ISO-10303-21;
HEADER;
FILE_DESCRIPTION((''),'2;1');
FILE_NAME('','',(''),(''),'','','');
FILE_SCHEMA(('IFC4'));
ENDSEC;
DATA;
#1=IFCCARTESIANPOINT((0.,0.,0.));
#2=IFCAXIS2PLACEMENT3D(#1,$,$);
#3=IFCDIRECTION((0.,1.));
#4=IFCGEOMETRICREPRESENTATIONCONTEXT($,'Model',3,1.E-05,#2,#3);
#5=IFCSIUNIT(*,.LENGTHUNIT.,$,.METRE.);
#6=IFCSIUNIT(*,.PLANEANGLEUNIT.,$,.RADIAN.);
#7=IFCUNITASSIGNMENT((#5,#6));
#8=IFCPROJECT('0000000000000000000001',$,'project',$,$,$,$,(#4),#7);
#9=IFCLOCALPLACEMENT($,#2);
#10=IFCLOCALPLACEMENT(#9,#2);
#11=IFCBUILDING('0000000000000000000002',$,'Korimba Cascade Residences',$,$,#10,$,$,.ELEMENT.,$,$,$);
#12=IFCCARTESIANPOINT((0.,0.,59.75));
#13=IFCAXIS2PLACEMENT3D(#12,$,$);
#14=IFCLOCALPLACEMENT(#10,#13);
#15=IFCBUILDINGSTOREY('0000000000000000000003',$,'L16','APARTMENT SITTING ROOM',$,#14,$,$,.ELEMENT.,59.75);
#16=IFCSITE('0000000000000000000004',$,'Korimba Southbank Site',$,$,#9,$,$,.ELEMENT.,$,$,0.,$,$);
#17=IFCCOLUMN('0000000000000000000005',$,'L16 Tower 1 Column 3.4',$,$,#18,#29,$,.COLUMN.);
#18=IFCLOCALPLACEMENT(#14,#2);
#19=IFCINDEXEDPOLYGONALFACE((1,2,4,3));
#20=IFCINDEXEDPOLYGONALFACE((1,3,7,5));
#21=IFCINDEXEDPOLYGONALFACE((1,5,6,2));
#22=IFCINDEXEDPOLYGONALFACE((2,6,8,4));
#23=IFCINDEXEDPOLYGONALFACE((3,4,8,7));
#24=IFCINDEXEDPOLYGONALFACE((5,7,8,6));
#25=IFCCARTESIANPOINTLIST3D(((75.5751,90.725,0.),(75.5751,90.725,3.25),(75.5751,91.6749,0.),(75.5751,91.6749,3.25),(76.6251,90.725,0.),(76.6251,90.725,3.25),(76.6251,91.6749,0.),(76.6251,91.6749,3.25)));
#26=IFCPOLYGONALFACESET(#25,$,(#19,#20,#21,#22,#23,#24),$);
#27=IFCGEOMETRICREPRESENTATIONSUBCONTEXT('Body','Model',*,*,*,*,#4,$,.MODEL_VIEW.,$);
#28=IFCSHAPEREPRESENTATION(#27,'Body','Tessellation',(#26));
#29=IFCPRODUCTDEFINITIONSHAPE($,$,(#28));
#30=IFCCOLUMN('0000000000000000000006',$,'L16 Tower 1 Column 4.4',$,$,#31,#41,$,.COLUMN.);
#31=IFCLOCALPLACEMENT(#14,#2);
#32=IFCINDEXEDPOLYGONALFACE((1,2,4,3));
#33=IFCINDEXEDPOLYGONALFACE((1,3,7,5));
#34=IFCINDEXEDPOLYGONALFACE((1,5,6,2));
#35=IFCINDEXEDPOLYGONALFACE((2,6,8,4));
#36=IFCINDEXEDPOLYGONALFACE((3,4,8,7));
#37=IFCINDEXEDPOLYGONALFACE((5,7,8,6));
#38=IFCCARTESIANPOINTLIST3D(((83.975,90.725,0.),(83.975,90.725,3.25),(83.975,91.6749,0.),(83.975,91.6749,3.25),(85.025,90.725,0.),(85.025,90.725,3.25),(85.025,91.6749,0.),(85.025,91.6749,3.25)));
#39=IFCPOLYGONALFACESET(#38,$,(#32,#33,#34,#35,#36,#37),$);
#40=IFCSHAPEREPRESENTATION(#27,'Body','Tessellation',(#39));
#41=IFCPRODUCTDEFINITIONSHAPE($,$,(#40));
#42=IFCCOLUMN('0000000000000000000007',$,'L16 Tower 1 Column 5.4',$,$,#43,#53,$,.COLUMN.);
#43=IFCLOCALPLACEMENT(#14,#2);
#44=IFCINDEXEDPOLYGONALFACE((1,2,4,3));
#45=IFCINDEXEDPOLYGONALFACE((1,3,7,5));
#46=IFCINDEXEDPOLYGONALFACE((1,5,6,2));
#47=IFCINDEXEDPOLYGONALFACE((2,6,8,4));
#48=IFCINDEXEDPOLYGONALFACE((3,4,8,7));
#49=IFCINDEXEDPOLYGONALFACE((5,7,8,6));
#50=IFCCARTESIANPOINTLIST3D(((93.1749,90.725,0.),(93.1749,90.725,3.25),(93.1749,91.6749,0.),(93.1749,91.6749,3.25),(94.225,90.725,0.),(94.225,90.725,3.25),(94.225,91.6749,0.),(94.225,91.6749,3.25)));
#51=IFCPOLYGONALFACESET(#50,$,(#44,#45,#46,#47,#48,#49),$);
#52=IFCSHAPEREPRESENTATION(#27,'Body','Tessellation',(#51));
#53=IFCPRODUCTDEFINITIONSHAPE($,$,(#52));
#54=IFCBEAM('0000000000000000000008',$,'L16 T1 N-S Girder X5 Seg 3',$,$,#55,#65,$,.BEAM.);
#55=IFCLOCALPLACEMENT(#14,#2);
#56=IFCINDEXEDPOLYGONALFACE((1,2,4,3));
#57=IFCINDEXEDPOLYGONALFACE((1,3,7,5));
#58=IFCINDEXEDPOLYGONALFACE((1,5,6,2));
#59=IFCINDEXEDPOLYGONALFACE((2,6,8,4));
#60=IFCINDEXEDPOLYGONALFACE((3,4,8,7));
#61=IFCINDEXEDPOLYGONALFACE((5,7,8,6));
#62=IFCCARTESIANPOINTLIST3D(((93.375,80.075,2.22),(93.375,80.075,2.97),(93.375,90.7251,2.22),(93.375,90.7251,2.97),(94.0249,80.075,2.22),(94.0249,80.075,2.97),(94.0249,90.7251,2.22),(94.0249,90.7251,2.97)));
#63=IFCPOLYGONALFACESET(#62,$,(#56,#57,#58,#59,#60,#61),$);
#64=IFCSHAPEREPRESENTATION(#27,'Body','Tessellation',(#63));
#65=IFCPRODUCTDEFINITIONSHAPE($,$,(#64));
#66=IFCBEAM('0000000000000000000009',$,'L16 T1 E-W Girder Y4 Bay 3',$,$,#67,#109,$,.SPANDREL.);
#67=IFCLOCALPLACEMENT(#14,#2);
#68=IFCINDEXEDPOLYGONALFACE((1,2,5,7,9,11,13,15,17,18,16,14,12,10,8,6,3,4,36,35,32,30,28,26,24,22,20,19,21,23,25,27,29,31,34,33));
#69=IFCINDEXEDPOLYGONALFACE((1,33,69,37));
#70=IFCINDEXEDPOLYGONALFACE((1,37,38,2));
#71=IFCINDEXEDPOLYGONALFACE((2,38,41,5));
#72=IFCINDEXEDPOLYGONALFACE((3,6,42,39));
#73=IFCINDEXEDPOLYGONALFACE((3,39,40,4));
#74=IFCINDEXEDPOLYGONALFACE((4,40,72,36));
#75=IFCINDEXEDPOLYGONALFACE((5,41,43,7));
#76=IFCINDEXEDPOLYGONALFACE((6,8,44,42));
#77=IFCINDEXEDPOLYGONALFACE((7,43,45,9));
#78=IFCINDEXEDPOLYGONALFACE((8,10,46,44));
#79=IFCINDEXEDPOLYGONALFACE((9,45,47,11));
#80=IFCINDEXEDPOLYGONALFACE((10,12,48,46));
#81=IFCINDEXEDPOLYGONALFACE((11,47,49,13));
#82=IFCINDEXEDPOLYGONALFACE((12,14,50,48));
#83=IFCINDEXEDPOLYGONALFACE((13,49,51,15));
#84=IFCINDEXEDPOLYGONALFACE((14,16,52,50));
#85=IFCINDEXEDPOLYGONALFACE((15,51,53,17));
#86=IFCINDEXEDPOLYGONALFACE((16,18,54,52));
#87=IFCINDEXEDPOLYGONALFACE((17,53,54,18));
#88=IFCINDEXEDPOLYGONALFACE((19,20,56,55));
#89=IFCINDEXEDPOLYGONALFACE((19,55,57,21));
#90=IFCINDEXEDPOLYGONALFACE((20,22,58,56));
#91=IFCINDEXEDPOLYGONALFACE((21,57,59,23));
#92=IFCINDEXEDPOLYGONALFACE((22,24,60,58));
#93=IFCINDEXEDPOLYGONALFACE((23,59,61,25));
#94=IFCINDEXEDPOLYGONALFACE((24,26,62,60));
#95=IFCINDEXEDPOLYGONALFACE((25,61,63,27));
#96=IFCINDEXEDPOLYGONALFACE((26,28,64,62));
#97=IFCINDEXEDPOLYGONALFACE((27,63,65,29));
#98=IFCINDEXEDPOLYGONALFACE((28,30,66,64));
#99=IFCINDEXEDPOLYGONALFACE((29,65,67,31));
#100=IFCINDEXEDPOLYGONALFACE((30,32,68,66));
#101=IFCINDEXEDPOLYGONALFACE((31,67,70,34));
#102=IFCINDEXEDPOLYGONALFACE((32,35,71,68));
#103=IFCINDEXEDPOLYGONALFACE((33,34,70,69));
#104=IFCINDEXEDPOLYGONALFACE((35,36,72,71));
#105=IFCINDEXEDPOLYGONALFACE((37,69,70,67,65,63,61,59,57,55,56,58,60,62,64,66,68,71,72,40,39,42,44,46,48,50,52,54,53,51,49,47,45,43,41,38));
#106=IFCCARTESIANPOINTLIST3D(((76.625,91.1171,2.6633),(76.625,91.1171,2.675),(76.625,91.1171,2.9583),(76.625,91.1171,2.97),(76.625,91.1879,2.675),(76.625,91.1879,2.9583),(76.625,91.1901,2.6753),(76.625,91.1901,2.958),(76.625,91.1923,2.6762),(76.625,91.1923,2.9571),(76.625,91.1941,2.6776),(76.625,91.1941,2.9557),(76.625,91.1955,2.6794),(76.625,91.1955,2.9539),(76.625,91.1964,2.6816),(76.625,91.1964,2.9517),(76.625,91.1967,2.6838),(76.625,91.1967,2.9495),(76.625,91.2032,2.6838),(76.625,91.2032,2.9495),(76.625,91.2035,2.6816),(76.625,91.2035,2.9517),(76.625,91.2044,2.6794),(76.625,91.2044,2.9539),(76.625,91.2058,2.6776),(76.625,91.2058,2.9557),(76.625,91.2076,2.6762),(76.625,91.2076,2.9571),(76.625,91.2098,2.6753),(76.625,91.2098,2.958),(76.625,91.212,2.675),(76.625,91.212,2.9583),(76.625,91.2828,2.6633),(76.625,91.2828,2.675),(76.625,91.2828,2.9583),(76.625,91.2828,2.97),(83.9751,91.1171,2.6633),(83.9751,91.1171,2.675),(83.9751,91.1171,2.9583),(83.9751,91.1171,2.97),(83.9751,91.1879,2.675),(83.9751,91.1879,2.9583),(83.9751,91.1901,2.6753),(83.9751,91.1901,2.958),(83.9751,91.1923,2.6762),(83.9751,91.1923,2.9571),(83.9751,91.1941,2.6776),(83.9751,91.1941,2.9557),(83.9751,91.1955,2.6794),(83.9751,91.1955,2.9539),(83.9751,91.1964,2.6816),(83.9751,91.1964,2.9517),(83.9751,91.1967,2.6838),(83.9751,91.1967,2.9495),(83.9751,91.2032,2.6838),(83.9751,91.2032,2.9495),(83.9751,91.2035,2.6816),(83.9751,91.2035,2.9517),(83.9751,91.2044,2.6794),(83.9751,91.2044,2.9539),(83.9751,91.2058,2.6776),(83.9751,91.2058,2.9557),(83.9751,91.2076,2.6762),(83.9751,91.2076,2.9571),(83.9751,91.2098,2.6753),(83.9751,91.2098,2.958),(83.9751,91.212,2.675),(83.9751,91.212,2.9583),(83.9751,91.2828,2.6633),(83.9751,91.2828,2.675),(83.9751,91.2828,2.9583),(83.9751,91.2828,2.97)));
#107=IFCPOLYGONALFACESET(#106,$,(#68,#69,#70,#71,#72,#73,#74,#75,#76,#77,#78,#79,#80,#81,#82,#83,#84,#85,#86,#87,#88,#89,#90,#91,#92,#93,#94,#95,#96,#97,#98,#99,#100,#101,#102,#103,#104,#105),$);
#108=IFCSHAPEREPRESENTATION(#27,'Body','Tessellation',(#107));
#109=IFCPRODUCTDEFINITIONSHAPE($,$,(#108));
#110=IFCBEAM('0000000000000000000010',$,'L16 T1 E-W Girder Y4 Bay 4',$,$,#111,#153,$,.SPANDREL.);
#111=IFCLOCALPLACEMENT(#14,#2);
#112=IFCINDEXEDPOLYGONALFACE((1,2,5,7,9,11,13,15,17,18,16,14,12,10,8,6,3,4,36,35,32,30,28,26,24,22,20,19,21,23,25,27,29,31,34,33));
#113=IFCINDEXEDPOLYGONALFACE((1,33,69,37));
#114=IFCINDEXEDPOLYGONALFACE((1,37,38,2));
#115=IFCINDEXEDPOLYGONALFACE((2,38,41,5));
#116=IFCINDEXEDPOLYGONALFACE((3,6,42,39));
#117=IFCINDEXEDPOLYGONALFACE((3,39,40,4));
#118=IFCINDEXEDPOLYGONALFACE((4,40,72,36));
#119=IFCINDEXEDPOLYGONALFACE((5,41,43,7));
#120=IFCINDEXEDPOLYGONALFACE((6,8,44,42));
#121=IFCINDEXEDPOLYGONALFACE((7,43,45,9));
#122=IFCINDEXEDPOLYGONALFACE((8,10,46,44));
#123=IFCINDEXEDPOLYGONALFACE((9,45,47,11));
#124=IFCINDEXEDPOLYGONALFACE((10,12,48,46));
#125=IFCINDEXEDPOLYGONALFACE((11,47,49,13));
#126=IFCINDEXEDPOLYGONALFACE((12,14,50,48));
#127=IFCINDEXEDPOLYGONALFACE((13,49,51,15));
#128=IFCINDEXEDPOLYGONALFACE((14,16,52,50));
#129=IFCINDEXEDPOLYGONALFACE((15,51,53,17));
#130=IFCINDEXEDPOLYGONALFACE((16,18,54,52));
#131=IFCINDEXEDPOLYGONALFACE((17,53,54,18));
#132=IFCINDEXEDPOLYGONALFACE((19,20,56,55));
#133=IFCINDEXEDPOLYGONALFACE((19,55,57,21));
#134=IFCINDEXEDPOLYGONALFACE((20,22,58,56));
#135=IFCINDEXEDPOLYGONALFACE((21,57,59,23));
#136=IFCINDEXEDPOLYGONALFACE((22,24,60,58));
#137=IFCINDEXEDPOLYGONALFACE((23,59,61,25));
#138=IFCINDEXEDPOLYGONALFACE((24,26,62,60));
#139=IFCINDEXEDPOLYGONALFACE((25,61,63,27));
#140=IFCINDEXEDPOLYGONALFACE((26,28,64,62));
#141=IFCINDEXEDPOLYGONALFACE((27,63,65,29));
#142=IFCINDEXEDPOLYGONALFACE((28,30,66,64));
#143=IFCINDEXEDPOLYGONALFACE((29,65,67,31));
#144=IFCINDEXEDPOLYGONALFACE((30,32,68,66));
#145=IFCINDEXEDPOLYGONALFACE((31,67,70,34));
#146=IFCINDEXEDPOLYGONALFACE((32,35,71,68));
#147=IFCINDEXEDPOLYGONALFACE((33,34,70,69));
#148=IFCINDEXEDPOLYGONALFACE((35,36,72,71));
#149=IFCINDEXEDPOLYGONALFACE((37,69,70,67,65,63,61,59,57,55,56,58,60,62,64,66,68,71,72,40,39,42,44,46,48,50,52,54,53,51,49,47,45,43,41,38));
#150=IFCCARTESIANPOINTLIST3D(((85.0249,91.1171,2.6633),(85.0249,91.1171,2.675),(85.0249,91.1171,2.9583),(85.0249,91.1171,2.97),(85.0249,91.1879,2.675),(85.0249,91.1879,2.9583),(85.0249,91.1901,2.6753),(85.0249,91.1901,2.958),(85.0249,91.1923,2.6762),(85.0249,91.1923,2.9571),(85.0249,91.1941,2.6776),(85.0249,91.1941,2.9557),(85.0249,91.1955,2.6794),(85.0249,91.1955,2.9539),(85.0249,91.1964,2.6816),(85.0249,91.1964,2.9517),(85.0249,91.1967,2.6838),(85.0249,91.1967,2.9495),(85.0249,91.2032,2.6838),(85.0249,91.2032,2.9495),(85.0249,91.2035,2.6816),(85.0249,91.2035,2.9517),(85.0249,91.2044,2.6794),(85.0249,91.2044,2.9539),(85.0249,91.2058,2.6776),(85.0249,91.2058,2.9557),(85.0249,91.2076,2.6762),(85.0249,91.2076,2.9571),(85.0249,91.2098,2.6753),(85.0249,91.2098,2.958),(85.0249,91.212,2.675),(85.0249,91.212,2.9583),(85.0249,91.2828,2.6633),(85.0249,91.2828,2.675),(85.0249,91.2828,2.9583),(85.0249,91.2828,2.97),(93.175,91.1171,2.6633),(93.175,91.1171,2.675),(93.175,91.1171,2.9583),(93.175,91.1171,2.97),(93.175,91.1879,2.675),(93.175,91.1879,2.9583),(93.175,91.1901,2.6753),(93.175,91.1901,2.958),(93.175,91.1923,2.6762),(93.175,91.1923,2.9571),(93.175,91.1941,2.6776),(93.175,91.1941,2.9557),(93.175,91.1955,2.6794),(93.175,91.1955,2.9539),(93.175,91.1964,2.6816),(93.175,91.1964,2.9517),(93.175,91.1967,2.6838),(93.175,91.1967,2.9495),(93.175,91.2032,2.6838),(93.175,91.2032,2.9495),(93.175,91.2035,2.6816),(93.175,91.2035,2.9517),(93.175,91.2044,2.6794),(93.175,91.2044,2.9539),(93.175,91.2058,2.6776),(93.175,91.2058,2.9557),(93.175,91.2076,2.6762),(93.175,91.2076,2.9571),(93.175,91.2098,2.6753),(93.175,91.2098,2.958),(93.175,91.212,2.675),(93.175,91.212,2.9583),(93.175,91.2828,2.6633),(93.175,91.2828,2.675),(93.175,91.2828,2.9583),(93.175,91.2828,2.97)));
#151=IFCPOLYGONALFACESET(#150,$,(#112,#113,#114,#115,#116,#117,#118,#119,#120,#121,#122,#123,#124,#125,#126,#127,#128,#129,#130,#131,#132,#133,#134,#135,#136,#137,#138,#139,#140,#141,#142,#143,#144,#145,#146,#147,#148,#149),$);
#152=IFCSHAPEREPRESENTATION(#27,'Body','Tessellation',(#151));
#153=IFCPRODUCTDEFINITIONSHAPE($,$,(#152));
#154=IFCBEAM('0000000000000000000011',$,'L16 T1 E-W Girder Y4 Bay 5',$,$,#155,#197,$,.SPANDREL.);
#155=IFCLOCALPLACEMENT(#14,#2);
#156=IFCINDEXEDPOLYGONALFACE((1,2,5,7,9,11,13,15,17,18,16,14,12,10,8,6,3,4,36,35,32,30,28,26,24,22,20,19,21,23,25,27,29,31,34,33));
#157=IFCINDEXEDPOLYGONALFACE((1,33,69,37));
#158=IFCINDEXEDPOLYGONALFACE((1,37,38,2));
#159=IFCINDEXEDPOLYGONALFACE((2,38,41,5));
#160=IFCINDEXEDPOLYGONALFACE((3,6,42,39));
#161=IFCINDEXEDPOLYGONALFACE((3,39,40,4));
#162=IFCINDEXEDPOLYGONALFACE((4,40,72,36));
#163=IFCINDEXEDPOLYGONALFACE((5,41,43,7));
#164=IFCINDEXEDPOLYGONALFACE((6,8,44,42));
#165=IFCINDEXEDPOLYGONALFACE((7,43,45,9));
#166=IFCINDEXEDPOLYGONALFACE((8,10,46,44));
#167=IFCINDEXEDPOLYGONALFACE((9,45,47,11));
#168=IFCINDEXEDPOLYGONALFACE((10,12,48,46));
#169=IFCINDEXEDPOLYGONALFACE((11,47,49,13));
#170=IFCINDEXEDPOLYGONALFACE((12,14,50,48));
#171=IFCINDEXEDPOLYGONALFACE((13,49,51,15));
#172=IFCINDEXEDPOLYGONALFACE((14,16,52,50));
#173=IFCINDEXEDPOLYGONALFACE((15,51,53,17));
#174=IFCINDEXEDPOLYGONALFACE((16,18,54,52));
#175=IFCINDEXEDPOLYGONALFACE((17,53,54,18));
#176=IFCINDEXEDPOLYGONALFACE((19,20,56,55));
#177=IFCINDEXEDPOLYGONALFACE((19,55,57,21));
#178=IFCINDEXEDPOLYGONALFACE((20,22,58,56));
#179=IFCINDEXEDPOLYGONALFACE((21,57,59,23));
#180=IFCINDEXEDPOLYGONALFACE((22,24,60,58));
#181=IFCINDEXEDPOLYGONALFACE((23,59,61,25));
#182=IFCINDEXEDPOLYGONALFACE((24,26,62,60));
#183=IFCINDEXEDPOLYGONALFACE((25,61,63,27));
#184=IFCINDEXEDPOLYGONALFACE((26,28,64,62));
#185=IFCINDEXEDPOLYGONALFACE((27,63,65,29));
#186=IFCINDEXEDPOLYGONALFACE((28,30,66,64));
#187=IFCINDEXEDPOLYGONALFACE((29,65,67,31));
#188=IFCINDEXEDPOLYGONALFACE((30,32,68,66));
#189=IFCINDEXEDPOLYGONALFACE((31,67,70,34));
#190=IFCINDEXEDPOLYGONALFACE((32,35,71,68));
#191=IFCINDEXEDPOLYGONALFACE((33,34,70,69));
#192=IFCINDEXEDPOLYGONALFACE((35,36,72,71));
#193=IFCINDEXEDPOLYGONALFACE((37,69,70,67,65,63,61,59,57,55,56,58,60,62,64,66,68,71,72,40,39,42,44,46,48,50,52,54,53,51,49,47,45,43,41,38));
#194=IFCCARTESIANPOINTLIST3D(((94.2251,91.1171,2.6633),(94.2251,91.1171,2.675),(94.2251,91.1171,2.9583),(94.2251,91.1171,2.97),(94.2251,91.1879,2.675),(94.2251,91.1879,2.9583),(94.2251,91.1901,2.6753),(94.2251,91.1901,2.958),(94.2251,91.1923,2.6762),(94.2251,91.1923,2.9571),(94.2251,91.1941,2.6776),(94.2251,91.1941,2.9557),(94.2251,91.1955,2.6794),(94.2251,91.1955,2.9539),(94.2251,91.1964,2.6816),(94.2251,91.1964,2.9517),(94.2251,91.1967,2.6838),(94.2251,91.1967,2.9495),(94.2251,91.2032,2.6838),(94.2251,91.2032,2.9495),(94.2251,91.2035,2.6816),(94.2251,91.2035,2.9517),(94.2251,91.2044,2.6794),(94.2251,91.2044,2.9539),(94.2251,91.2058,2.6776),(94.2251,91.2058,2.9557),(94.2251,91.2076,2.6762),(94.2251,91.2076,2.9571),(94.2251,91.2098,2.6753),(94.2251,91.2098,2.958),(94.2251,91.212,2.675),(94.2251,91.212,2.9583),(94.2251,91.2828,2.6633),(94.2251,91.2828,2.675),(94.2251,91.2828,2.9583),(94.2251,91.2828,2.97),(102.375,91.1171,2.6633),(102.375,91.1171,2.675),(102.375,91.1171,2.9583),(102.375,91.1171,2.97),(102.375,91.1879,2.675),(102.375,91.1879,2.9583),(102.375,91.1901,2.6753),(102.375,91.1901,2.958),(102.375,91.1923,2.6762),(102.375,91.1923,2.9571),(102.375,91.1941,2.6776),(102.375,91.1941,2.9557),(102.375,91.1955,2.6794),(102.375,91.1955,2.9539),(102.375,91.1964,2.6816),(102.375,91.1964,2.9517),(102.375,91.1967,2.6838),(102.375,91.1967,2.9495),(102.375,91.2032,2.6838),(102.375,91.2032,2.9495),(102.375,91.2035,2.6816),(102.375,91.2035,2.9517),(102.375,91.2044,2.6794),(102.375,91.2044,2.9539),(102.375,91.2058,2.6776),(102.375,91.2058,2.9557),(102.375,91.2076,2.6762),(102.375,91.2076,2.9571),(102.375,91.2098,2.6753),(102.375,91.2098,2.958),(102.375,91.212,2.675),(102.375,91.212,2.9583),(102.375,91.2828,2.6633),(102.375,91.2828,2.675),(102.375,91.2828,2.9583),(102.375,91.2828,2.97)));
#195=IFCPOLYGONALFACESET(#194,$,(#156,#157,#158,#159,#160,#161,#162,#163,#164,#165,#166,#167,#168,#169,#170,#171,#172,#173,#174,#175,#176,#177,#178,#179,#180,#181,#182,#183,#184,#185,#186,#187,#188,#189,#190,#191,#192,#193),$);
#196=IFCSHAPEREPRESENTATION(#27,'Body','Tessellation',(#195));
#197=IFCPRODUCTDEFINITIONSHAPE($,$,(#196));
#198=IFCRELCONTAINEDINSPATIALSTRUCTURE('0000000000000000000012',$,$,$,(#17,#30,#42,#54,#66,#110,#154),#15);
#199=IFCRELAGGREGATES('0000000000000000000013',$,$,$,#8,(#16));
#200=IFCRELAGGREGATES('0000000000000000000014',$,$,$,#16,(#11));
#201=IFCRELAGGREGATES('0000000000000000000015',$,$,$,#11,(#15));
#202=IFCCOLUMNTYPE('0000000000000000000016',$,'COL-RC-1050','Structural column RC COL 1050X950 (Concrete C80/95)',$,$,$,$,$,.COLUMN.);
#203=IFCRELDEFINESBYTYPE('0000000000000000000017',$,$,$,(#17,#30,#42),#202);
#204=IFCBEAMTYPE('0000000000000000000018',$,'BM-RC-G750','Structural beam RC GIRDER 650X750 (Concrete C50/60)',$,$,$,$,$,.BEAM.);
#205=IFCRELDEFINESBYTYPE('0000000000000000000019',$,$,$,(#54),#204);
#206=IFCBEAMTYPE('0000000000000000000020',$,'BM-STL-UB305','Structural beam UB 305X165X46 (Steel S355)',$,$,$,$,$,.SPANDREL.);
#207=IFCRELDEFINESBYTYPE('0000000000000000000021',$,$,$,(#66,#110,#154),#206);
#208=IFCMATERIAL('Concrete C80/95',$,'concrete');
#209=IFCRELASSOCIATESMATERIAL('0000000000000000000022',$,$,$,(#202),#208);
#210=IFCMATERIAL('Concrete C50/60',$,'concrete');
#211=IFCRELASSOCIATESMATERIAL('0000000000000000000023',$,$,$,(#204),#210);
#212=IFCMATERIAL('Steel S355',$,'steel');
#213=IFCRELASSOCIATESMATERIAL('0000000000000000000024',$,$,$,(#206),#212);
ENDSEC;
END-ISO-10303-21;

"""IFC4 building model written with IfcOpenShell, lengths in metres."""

from ifc_helpers import new_model, si_unit, direction, frame, origin, origin_2d, place, context, subcontext, project, spatial, rectangle, i_section, extrude, material, material_profile, profile_set, type_object, element, save


model = new_model("IFC4")

# Units and contexts
model_context = context("Model", 3, precision=1e-05, world=origin(), true_north=direction((0.0, 1.0)))
body_context = subcontext(model_context, "Body", "Model", "MODEL_VIEW")
ifc_project = project(units=[si_unit("LENGTHUNIT", "METRE"), si_unit("PLANEANGLEUNIT", "RADIAN")], contexts=[model_context])

# Site, building, storey
site_placement = place(None, origin())
site = spatial("IfcSite", under=ifc_project, at=site_placement, Name="Korimba Southbank Site", CompositionType="ELEMENT", RefElevation=0.0)
building_placement = place(site_placement, origin())
building = spatial("IfcBuilding", under=site, at=building_placement, Name="Korimba Cascade Residences", CompositionType="ELEMENT")
storey_placement = place(building_placement, frame((0.0, 0.0, 59.75)))
storey = spatial("IfcBuildingStorey", under=building, at=storey_placement, Name="L16", Description="APARTMENT SITTING ROOM", CompositionType="ELEMENT", Elevation=59.75)

# Columns
ifc_material_1 = material(Name="Concrete C80/95", Category="concrete")
ifc_material_profile_1 = material_profile(ifc_material_1, rectangle(XDim=1.05, YDim=0.95, at=origin_2d()), Name="Concrete C80/95")
ifc_profile_set_1 = profile_set([ifc_material_profile_1], Name="Concrete C80/95")
column_type = type_object("IfcColumnType", Name="COL-RC-1050", Description="Structural column RC COL 1050X950 (Concrete C80/95)", PredefinedType="COLUMN", material=ifc_profile_set_1)
for number, where, z_axis, x_axis, name in (
    (1, (76.1001, 91.2, 0.0), (0.0, 0.0, 1.0), (1.0, 0.0, 0.0), "L16 Tower 1 Column 3.4"),
    (2, (84.5, 91.2, 0.0), (0.0, 0.0, 1.0), (1.0, 0.0, 0.0), "L16 Tower 1 Column 4.4"),
    (3, (93.7, 91.2, 0.0), (0.0, 0.0, 1.0), (1.0, 0.0, 0.0), "L16 Tower 1 Column 5.4"),
):
    element("IfcColumn", number, at=place(storey_placement, frame(where, z_axis=z_axis, x_axis=x_axis)), inside=storey, type_object=column_type, Name=name, PredefinedType="COLUMN", context=body_context, shape_type="SweptSolid", body=[
        extrude(rectangle(XDim=1.05, YDim=0.95, at=origin_2d()), origin(), (0.0, 0.0, 1.0), 3.25),
    ])

# Beams
ifc_material_2 = material(Name="Concrete C50/60", Category="concrete")
ifc_material_profile_2 = material_profile(ifc_material_2, rectangle(XDim=0.6499, YDim=0.75, at=origin_2d()), Name="Concrete C50/60")
ifc_profile_set_2 = profile_set([ifc_material_profile_2], Name="Concrete C50/60")
beam_type_1 = type_object("IfcBeamType", Name="BM-RC-G750", Description="Structural beam RC GIRDER 650X750 (Concrete C50/60)", PredefinedType="BEAM", material=ifc_profile_set_2)
beam_1_placement = place(storey_placement, frame((93.7, 80.075, 2.595), z_axis=(0.0, 1.0, 0.0), x_axis=(-1.0, 0.0, 0.0)))
element("IfcBeam", 4, at=beam_1_placement, inside=storey, type_object=beam_type_1, Name="L16 T1 N-S Girder X5 Seg 3", PredefinedType="BEAM", context=body_context, shape_type="SweptSolid", body=[
    extrude(rectangle(XDim=0.6499, YDim=0.75, at=origin_2d()), origin(), (0.0, 0.0, 1.0), 10.6501),
])
ifc_material_3 = material(Name="Steel S355", Category="steel")
ifc_material_profile_3 = material_profile(ifc_material_3, i_section(OverallWidth=0.1658, OverallDepth=0.3066, WebThickness=0.0066, FlangeThickness=0.0117, FilletRadius=0.0088, at=origin_2d()), Name="Steel S355")
ifc_profile_set_3 = profile_set([ifc_material_profile_3], Name="Steel S355")
beam_type_2 = type_object("IfcBeamType", Name="BM-STL-UB305", Description="Structural beam UB 305X165X46 (Steel S355)", PredefinedType="SPANDREL", material=ifc_profile_set_3)
beam_2_placement = place(storey_placement, frame((76.625, 91.2, 2.8167), z_axis=(1.0, 0.0, 0.0), x_axis=(0.0, 1.0, 0.0)))
element("IfcBeam", 5, at=beam_2_placement, inside=storey, type_object=beam_type_2, Name="L16 T1 E-W Girder Y4 Bay 3", PredefinedType="SPANDREL", context=body_context, shape_type="SweptSolid", body=[
    extrude(i_section(OverallWidth=0.1658, OverallDepth=0.3066, WebThickness=0.0066, FlangeThickness=0.0117, FilletRadius=0.0088, at=origin_2d()), origin(), (0.0, 0.0, 1.0), 7.3501),
])
beam_3_placement = place(storey_placement, frame((85.0249, 91.2, 2.8167), z_axis=(1.0, 0.0, 0.0), x_axis=(0.0, 1.0, 0.0)))
element("IfcBeam", 6, at=beam_3_placement, inside=storey, type_object=beam_type_2, Name="L16 T1 E-W Girder Y4 Bay 4", PredefinedType="SPANDREL", context=body_context, shape_type="SweptSolid", body=[
    extrude(i_section(OverallWidth=0.1658, OverallDepth=0.3066, WebThickness=0.0066, FlangeThickness=0.0117, FilletRadius=0.0088, at=origin_2d()), origin(), (0.0, 0.0, 1.0), 8.1501),
])
beam_4_placement = place(storey_placement, frame((94.2251, 91.2, 2.8167), z_axis=(1.0, 0.0, 0.0), x_axis=(0.0, 1.0, 0.0)))
element("IfcBeam", 7, at=beam_4_placement, inside=storey, type_object=beam_type_2, Name="L16 T1 E-W Girder Y4 Bay 5", PredefinedType="SPANDREL", context=body_context, shape_type="SweptSolid", body=[
    extrude(i_section(OverallWidth=0.1658, OverallDepth=0.3066, WebThickness=0.0066, FlangeThickness=0.0117, FilletRadius=0.0088, at=origin_2d()), origin(), (0.0, 0.0, 1.0), 8.1499),
])

save(model, "model.ifc")
